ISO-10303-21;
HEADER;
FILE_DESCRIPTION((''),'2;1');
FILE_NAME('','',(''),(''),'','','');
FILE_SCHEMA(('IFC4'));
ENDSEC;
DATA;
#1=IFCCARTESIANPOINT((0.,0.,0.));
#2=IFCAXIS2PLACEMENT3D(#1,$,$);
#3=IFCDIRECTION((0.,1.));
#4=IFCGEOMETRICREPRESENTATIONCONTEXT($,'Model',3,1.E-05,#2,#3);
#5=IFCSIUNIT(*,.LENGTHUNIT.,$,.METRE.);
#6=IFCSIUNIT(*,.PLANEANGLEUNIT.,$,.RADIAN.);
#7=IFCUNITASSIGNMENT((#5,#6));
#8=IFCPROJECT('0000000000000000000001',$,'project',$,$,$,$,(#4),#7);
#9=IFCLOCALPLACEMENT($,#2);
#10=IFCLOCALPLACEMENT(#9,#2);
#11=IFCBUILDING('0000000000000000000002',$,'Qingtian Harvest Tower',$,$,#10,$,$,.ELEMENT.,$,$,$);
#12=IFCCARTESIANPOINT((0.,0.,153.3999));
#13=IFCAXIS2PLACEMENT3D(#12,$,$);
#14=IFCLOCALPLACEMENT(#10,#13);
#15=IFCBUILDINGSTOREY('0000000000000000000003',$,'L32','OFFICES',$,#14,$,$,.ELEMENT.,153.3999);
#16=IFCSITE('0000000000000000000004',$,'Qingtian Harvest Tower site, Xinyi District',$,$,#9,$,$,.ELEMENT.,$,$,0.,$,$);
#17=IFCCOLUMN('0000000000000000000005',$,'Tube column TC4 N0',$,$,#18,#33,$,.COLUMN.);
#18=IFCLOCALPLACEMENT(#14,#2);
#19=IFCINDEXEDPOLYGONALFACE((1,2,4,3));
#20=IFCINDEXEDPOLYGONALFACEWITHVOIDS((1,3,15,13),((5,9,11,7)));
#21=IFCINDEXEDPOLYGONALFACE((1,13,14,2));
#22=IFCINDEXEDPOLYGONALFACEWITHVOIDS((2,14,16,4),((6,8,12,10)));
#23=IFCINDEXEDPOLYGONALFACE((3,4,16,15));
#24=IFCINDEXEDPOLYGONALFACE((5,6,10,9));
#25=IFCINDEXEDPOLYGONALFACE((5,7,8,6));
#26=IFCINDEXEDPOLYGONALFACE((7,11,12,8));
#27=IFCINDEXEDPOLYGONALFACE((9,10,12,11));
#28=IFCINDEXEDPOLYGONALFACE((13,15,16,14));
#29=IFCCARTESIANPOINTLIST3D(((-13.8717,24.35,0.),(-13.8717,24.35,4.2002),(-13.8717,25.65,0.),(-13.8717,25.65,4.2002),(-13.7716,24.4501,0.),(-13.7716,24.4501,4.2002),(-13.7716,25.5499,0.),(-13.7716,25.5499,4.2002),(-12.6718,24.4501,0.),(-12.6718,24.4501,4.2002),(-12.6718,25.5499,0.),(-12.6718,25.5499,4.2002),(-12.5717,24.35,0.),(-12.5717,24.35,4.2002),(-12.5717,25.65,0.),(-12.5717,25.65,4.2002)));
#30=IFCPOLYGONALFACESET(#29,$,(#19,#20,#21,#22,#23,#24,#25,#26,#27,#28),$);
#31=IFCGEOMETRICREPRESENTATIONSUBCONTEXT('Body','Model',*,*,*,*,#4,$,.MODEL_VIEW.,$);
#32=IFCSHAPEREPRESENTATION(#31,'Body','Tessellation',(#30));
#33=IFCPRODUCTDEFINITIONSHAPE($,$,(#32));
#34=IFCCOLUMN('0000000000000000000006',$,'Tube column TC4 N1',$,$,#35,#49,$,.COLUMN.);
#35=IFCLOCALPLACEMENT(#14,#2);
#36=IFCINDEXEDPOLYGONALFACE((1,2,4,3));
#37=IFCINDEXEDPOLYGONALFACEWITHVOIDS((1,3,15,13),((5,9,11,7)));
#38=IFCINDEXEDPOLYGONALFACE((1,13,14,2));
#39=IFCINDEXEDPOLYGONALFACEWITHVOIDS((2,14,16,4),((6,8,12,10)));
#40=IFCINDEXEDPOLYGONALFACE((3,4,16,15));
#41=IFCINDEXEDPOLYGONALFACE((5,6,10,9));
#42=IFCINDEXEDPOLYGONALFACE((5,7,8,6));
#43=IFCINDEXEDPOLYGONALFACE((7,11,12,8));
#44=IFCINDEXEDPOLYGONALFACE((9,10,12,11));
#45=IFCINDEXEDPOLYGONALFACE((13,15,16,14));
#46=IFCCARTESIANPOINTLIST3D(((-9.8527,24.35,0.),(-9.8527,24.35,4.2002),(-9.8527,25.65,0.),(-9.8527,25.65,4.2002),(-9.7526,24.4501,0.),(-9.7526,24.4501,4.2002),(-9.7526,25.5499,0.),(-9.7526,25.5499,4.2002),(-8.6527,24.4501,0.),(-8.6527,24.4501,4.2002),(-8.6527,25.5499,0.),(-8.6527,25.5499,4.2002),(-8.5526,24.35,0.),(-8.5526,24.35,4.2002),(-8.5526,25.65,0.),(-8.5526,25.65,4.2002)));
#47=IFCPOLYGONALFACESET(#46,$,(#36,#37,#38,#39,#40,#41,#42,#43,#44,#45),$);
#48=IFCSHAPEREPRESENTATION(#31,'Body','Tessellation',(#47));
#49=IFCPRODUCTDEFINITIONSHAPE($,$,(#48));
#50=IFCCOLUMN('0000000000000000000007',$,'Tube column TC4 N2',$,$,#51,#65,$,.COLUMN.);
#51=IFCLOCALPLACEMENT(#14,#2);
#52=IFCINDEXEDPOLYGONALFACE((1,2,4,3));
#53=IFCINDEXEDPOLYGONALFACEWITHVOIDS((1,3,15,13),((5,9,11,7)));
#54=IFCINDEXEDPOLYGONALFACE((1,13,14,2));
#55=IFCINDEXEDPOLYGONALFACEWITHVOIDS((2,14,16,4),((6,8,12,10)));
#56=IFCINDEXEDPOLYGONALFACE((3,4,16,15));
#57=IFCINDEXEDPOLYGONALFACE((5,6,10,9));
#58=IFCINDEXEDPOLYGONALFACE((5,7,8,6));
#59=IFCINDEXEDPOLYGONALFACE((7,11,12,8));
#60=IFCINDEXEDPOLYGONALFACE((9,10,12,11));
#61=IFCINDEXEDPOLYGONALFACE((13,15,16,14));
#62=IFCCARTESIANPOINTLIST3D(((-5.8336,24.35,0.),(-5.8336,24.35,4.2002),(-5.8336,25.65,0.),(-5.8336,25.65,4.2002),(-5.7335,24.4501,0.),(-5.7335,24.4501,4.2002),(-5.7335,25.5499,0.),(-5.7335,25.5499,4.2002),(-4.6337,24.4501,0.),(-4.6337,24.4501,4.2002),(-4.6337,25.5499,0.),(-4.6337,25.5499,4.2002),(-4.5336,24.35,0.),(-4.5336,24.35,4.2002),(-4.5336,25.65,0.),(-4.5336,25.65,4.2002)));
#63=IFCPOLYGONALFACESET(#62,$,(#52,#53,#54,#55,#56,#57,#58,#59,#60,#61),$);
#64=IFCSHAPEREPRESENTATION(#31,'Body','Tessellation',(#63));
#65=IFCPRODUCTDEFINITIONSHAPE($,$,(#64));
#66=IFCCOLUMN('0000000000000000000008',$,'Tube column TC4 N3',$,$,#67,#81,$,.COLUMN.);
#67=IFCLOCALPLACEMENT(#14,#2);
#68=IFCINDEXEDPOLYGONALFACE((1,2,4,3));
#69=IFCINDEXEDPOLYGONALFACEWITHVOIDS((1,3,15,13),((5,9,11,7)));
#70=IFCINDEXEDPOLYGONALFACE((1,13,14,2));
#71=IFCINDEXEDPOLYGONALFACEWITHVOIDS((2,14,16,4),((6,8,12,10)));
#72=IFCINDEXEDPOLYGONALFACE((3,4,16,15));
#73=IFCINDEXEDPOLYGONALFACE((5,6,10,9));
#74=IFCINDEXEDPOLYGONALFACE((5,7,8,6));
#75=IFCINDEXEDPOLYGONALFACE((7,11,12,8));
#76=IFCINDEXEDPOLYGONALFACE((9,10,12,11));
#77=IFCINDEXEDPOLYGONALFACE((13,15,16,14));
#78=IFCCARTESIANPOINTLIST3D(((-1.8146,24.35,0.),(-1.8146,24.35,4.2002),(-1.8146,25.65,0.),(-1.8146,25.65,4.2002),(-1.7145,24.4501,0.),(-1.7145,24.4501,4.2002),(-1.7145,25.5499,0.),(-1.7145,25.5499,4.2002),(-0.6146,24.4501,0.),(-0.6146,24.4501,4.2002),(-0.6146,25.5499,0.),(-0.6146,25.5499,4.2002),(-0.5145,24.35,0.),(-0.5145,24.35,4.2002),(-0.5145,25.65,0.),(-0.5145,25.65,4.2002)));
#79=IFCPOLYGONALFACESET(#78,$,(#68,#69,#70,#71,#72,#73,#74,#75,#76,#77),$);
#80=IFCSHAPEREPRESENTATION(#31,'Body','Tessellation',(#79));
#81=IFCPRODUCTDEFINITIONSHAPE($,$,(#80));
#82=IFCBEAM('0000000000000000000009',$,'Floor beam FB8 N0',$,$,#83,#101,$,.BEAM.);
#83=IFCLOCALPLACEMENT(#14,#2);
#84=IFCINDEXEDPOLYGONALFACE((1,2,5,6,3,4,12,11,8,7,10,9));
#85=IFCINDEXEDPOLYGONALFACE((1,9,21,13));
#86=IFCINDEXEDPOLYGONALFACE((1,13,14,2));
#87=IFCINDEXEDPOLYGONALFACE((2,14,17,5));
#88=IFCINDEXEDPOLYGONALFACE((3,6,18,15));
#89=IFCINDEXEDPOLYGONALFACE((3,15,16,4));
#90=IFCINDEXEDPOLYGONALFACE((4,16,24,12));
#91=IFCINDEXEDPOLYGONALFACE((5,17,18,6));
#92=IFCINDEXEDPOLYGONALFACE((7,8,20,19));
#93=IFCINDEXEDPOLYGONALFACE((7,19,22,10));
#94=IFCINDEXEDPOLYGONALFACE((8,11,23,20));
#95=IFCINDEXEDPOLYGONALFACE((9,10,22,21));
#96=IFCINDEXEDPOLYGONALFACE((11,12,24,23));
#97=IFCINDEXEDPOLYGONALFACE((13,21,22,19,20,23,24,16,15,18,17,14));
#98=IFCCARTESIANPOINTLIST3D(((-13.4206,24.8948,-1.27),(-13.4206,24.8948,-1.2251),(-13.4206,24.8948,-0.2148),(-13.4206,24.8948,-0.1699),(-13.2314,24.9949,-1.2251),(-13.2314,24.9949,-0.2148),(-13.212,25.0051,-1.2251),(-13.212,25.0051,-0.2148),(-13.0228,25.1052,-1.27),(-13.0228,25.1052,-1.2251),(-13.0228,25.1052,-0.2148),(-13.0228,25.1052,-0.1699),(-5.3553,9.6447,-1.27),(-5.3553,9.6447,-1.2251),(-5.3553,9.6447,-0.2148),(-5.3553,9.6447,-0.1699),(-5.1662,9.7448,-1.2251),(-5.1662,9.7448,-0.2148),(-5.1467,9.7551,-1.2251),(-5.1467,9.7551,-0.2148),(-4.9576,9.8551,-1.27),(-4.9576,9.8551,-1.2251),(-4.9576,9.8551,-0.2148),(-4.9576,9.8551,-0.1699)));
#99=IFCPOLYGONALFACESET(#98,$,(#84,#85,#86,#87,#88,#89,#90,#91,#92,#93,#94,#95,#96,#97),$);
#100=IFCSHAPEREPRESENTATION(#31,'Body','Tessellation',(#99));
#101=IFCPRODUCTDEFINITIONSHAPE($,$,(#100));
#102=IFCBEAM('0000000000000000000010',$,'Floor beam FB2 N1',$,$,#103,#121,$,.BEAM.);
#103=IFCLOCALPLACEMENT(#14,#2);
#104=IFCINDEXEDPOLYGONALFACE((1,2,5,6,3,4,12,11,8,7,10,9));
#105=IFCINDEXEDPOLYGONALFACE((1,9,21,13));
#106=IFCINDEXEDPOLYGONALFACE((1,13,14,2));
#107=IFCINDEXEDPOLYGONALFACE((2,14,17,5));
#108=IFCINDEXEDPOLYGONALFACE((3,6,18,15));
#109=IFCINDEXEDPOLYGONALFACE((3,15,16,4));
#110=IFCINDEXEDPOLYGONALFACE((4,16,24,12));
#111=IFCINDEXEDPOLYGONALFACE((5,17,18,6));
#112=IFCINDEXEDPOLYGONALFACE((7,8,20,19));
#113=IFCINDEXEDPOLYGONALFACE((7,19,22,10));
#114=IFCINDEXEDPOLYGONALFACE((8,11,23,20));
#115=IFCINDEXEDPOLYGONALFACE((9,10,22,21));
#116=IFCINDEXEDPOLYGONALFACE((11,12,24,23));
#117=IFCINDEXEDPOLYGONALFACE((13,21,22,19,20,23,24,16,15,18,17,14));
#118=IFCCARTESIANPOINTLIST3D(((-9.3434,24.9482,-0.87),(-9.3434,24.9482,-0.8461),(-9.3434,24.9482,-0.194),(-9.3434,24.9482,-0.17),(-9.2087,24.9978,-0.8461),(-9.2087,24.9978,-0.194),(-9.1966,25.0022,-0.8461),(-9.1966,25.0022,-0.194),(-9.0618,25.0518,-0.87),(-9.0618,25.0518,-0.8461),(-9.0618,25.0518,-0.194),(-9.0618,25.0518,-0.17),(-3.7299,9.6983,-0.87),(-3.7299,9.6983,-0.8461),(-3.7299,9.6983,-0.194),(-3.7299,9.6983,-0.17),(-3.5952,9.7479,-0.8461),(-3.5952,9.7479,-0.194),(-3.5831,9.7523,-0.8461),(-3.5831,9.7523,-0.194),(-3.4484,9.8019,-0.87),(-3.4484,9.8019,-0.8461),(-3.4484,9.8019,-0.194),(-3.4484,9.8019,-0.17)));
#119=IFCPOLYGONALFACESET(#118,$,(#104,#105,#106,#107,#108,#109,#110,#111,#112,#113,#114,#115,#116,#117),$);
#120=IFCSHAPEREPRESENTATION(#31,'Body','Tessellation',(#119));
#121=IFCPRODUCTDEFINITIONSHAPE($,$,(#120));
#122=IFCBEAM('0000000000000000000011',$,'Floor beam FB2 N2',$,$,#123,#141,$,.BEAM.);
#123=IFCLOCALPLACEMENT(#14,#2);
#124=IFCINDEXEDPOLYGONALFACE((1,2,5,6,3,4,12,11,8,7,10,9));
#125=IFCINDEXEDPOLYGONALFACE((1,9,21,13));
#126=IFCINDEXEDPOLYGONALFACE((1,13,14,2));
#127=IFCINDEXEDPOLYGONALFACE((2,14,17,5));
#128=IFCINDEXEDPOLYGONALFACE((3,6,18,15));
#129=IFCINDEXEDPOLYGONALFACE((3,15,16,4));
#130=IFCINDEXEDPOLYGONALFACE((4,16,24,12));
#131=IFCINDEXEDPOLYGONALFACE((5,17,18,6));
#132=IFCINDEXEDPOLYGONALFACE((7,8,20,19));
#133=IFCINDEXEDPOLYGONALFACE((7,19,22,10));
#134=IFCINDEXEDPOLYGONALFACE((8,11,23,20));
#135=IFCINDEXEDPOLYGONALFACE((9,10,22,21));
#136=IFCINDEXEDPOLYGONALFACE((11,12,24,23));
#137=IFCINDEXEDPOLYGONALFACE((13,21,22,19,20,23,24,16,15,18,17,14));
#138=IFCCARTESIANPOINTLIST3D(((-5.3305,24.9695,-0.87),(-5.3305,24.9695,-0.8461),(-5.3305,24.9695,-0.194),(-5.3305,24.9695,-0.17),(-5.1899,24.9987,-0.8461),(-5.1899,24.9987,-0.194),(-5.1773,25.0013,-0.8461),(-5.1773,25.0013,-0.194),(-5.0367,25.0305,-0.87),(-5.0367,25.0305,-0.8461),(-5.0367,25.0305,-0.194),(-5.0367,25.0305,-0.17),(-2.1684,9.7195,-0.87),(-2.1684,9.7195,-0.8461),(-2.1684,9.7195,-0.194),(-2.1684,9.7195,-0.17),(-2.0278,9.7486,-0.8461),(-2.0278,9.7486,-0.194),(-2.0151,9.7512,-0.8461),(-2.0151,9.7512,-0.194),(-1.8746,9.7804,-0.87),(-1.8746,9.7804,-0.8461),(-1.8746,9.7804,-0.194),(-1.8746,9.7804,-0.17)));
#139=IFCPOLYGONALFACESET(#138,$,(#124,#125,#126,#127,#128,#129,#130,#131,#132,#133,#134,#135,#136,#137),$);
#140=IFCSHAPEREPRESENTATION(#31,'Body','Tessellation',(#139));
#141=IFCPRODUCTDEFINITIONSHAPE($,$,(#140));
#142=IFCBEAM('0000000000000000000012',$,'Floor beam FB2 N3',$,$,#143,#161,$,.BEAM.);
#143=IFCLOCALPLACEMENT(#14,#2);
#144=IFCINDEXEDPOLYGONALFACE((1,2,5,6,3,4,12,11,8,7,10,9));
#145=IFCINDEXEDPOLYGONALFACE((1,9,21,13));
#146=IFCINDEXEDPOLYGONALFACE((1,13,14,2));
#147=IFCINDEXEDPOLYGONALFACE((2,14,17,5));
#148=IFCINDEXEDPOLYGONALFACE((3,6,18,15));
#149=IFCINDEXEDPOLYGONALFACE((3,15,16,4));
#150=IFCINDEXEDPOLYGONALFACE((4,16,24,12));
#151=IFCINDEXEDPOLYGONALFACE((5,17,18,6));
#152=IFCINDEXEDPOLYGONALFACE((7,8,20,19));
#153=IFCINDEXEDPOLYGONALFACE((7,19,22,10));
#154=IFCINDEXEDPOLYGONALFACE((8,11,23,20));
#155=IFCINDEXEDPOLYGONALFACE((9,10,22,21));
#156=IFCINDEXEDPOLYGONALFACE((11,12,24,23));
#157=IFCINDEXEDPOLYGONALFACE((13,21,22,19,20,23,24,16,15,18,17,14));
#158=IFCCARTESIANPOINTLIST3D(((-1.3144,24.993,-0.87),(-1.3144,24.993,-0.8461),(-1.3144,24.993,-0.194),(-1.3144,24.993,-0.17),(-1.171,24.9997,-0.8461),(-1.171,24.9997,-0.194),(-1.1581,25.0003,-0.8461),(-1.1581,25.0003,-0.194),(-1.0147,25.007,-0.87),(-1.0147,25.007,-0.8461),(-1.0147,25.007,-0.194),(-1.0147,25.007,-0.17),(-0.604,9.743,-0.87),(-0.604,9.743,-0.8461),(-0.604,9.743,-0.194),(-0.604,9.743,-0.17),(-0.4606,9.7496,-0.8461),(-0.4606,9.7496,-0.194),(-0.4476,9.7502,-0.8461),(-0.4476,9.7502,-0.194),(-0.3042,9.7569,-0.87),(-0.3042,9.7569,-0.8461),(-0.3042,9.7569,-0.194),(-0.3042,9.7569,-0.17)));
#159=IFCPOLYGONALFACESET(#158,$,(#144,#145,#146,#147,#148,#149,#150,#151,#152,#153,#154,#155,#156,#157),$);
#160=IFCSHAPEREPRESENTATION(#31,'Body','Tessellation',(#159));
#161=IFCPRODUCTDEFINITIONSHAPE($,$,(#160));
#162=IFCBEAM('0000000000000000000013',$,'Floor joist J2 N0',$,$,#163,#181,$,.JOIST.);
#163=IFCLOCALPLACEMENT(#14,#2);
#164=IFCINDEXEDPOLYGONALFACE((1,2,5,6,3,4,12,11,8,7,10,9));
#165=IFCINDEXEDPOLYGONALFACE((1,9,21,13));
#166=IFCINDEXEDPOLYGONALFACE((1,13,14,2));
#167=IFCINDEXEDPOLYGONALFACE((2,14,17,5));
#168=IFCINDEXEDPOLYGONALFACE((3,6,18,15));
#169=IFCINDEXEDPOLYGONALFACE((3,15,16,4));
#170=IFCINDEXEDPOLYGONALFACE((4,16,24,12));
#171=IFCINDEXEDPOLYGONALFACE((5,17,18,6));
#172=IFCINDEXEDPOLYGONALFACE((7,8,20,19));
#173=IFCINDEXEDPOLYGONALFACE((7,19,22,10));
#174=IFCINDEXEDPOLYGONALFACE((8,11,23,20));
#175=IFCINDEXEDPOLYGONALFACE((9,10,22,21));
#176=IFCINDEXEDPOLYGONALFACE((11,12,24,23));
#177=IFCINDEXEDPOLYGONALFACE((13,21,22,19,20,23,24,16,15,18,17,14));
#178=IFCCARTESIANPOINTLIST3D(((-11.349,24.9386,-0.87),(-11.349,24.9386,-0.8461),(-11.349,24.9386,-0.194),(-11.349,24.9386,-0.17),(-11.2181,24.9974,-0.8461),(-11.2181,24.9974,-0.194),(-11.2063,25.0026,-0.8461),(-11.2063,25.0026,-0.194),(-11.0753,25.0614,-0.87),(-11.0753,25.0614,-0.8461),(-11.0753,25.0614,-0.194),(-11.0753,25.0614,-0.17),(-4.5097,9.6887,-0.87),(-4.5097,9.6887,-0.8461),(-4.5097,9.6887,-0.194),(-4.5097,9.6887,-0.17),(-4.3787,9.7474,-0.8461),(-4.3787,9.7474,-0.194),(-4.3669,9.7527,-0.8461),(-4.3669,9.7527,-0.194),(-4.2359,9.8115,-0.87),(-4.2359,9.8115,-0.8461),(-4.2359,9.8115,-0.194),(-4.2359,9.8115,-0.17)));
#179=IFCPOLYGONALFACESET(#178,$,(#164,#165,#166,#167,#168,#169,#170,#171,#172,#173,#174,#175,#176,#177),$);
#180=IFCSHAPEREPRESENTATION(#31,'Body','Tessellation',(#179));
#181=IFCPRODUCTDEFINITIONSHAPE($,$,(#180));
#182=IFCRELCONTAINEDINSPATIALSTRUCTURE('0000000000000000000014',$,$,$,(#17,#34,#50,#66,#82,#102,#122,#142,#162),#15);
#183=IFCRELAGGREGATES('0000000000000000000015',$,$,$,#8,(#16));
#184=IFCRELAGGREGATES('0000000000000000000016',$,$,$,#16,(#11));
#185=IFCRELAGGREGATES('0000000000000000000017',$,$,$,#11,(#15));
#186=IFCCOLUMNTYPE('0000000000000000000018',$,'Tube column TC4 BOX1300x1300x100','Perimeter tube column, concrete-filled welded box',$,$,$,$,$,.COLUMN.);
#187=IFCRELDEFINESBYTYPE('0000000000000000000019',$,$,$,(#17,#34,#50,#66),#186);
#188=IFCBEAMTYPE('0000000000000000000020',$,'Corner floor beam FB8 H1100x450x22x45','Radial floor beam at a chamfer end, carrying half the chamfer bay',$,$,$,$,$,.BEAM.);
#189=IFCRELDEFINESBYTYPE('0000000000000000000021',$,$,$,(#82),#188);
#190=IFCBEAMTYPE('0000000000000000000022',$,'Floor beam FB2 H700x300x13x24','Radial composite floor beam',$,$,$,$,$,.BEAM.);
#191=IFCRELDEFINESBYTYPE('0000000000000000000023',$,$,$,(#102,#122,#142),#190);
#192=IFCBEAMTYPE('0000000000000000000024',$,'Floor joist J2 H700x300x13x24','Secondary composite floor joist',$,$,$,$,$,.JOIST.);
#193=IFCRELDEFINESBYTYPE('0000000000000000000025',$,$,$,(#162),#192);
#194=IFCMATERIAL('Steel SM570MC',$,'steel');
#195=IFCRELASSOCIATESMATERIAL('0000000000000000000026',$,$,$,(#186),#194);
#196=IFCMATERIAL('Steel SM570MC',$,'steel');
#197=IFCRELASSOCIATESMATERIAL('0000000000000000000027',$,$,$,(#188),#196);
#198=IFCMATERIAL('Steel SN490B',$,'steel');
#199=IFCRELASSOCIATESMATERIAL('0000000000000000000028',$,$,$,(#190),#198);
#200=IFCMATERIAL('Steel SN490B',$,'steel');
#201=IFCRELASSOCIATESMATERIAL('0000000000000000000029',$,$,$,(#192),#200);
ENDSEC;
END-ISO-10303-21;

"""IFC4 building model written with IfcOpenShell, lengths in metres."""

from ifc_helpers import new_model, si_unit, direction, frame, origin, origin_2d, place, context, subcontext, project, spatial, hollow_rectangle, i_section, extrude, material, material_profile, profile_set, type_object, element, save


model = new_model("IFC4")

# Units and contexts
model_context = context("Model", 3, precision=1e-05, world=origin(), true_north=direction((0.0, 1.0)))
body_context = subcontext(model_context, "Body", "Model", "MODEL_VIEW")
ifc_project = project(units=[si_unit("LENGTHUNIT", "METRE"), si_unit("PLANEANGLEUNIT", "RADIAN")], contexts=[model_context])

# Site, building, storey
site_placement = place(None, origin())
site = spatial("IfcSite", under=ifc_project, at=site_placement, Name="Qingtian Harvest Tower site, Xinyi District", CompositionType="ELEMENT", RefElevation=0.0)
building_placement = place(site_placement, origin())
building = spatial("IfcBuilding", under=site, at=building_placement, Name="Qingtian Harvest Tower", CompositionType="ELEMENT")
storey_placement = place(building_placement, frame((0.0, 0.0, 153.3999)))
storey = spatial("IfcBuildingStorey", under=building, at=storey_placement, Name="L32", Description="OFFICES", CompositionType="ELEMENT", Elevation=153.3999)

# Columns
ifc_material_1 = material(Name="Steel SM570MC", Category="steel")
ifc_material_profile_1 = material_profile(ifc_material_1, hollow_rectangle(XDim=1.3, YDim=1.3, WallThickness=0.1001, at=origin_2d()), Name="BOX1300x1300x100")
ifc_profile_set_1 = profile_set([ifc_material_profile_1], Name="Steel SM570MC")
column_type = type_object("IfcColumnType", Name="Tube column TC4 BOX1300x1300x100", Description="Perimeter tube column, concrete-filled welded box", PredefinedType="COLUMN", material=ifc_profile_set_1)
for number, where, z_axis, x_axis, name in (
    (1, (-13.2217, 25.0, 0.0), (0.0, 0.0, 1.0), (-1.0, 0.0, 0.0), "Tube column TC4 N0"),
    (2, (-9.2026, 25.0, 0.0), (0.0, 0.0, 1.0), (-1.0, 0.0, 0.0), "Tube column TC4 N1"),
    (3, (-5.1836, 25.0, 0.0), (0.0, 0.0, 1.0), (-1.0, 0.0, 0.0), "Tube column TC4 N2"),
    (4, (-1.1646, 25.0, 0.0), (0.0, 0.0, 1.0), (-1.0, 0.0, 0.0), "Tube column TC4 N3"),
):
    element("IfcColumn", number, at=place(storey_placement, frame(where, z_axis=z_axis, x_axis=x_axis)), inside=storey, type_object=column_type, Name=name, PredefinedType="COLUMN", context=body_context, shape_type="SweptSolid", body=[
        extrude(hollow_rectangle(XDim=1.3, YDim=1.3, WallThickness=0.1001, at=origin_2d()), origin(), (0.0, 0.0, 1.0), 4.2002),
    ])

# Beams
ifc_material_2 = material(Name="Steel SM570MC", Category="steel")
ifc_material_profile_2 = material_profile(ifc_material_2, i_section(OverallWidth=0.45, OverallDepth=1.1001, WebThickness=0.022, FlangeThickness=0.0449, at=origin_2d()), Name="H1100x450x22x45")
ifc_profile_set_2 = profile_set([ifc_material_profile_2], Name="Steel SM570MC")
beam_type_1 = type_object("IfcBeamType", Name="Corner floor beam FB8 H1100x450x22x45", Description="Radial floor beam at a chamfer end, carrying half the chamfer bay", PredefinedType="BEAM", material=ifc_profile_set_2)
beam_1_placement = place(storey_placement, frame((-13.2217, 25.0, -0.72), z_axis=(0.46751, -0.883988, 0.0), x_axis=(0.883988, 0.46751, 0.0)))
element("IfcBeam", 5, at=beam_1_placement, inside=storey, type_object=beam_type_1, Name="Floor beam FB8 N0", PredefinedType="BEAM", context=body_context, shape_type="SweptSolid", body=[
    extrude(i_section(OverallWidth=0.45, OverallDepth=1.1001, WebThickness=0.022, FlangeThickness=0.0449, at=origin_2d()), origin(), (0.0, 0.0, 1.0), 17.2515),
])
ifc_material_3 = material(Name="Steel SN490B", Category="steel")
ifc_material_profile_3 = material_profile(ifc_material_3, i_section(OverallWidth=0.3, OverallDepth=0.7, WebThickness=0.0129, FlangeThickness=0.0239, at=origin_2d()), Name="H700x300x13x24")
ifc_profile_set_3 = profile_set([ifc_material_profile_3], Name="Steel SN490B")
beam_type_2 = type_object("IfcBeamType", Name="Floor beam FB2 H700x300x13x24", Description="Radial composite floor beam", PredefinedType="BEAM", material=ifc_profile_set_3)
beam_2_placement = place(storey_placement, frame((-9.2026, 25.0, -0.52), z_axis=(0.34544, -0.938441, 0.0), x_axis=(0.938441, 0.34544, 0.0)))
element("IfcBeam", 6, at=beam_2_placement, inside=storey, type_object=beam_type_2, Name="Floor beam FB2 N1", PredefinedType="BEAM", context=body_context, shape_type="SweptSolid", body=[
    extrude(i_section(OverallWidth=0.3, OverallDepth=0.7, WebThickness=0.0129, FlangeThickness=0.0239, at=origin_2d()), origin(), (0.0, 0.0, 1.0), 16.2502),
])
beam_3_placement = place(storey_placement, frame((-5.1836, 25.0, -0.52), z_axis=(0.203033, -0.979172, 0.0), x_axis=(0.979172, 0.203033, 0.0)))
element("IfcBeam", 7, at=beam_3_placement, inside=storey, type_object=beam_type_2, Name="Floor beam FB2 N2", PredefinedType="BEAM", context=body_context, shape_type="SweptSolid", body=[
    extrude(i_section(OverallWidth=0.3, OverallDepth=0.7, WebThickness=0.0129, FlangeThickness=0.0239, at=origin_2d()), origin(), (0.0, 0.0, 1.0), 15.5745),
])
beam_4_placement = place(storey_placement, frame((-1.1646, 25.0, -0.52), z_axis=(0.046536, -0.998917, 0.0), x_axis=(0.998917, 0.046536, 0.0)))
element("IfcBeam", 8, at=beam_4_placement, inside=storey, type_object=beam_type_2, Name="Floor beam FB2 N3", PredefinedType="BEAM", context=body_context, shape_type="SweptSolid", body=[
    extrude(i_section(OverallWidth=0.3, OverallDepth=0.7, WebThickness=0.0129, FlangeThickness=0.0239, at=origin_2d()), origin(), (0.0, 0.0, 1.0), 15.2666),
])
ifc_material_4 = material(Name="Steel SN490B", Category="steel")
ifc_material_profile_4 = material_profile(ifc_material_4, i_section(OverallWidth=0.3, OverallDepth=0.7, WebThickness=0.0129, FlangeThickness=0.0239, at=origin_2d()), Name="H700x300x13x24")
ifc_profile_set_4 = profile_set([ifc_material_profile_4], Name="Steel SN490B")
beam_type_3 = type_object("IfcBeamType", Name="Floor joist J2 H700x300x13x24", Description="Secondary composite floor joist", PredefinedType="JOIST", material=ifc_profile_set_4)
beam_5_placement = place(storey_placement, frame((-11.2122, 25.0, -0.52), z_axis=(0.409213, -0.912439, 0.0), x_axis=(0.912439, 0.409213, 0.0)))
element("IfcBeam", 9, at=beam_5_placement, inside=storey, type_object=beam_type_3, Name="Floor joist J2 N0", PredefinedType="JOIST", context=body_context, shape_type="SweptSolid", body=[
    extrude(i_section(OverallWidth=0.3, OverallDepth=0.7, WebThickness=0.0129, FlangeThickness=0.0239, at=origin_2d()), origin(), (0.0, 0.0, 1.0), 16.7134),
])

save(model, "model.ifc")
